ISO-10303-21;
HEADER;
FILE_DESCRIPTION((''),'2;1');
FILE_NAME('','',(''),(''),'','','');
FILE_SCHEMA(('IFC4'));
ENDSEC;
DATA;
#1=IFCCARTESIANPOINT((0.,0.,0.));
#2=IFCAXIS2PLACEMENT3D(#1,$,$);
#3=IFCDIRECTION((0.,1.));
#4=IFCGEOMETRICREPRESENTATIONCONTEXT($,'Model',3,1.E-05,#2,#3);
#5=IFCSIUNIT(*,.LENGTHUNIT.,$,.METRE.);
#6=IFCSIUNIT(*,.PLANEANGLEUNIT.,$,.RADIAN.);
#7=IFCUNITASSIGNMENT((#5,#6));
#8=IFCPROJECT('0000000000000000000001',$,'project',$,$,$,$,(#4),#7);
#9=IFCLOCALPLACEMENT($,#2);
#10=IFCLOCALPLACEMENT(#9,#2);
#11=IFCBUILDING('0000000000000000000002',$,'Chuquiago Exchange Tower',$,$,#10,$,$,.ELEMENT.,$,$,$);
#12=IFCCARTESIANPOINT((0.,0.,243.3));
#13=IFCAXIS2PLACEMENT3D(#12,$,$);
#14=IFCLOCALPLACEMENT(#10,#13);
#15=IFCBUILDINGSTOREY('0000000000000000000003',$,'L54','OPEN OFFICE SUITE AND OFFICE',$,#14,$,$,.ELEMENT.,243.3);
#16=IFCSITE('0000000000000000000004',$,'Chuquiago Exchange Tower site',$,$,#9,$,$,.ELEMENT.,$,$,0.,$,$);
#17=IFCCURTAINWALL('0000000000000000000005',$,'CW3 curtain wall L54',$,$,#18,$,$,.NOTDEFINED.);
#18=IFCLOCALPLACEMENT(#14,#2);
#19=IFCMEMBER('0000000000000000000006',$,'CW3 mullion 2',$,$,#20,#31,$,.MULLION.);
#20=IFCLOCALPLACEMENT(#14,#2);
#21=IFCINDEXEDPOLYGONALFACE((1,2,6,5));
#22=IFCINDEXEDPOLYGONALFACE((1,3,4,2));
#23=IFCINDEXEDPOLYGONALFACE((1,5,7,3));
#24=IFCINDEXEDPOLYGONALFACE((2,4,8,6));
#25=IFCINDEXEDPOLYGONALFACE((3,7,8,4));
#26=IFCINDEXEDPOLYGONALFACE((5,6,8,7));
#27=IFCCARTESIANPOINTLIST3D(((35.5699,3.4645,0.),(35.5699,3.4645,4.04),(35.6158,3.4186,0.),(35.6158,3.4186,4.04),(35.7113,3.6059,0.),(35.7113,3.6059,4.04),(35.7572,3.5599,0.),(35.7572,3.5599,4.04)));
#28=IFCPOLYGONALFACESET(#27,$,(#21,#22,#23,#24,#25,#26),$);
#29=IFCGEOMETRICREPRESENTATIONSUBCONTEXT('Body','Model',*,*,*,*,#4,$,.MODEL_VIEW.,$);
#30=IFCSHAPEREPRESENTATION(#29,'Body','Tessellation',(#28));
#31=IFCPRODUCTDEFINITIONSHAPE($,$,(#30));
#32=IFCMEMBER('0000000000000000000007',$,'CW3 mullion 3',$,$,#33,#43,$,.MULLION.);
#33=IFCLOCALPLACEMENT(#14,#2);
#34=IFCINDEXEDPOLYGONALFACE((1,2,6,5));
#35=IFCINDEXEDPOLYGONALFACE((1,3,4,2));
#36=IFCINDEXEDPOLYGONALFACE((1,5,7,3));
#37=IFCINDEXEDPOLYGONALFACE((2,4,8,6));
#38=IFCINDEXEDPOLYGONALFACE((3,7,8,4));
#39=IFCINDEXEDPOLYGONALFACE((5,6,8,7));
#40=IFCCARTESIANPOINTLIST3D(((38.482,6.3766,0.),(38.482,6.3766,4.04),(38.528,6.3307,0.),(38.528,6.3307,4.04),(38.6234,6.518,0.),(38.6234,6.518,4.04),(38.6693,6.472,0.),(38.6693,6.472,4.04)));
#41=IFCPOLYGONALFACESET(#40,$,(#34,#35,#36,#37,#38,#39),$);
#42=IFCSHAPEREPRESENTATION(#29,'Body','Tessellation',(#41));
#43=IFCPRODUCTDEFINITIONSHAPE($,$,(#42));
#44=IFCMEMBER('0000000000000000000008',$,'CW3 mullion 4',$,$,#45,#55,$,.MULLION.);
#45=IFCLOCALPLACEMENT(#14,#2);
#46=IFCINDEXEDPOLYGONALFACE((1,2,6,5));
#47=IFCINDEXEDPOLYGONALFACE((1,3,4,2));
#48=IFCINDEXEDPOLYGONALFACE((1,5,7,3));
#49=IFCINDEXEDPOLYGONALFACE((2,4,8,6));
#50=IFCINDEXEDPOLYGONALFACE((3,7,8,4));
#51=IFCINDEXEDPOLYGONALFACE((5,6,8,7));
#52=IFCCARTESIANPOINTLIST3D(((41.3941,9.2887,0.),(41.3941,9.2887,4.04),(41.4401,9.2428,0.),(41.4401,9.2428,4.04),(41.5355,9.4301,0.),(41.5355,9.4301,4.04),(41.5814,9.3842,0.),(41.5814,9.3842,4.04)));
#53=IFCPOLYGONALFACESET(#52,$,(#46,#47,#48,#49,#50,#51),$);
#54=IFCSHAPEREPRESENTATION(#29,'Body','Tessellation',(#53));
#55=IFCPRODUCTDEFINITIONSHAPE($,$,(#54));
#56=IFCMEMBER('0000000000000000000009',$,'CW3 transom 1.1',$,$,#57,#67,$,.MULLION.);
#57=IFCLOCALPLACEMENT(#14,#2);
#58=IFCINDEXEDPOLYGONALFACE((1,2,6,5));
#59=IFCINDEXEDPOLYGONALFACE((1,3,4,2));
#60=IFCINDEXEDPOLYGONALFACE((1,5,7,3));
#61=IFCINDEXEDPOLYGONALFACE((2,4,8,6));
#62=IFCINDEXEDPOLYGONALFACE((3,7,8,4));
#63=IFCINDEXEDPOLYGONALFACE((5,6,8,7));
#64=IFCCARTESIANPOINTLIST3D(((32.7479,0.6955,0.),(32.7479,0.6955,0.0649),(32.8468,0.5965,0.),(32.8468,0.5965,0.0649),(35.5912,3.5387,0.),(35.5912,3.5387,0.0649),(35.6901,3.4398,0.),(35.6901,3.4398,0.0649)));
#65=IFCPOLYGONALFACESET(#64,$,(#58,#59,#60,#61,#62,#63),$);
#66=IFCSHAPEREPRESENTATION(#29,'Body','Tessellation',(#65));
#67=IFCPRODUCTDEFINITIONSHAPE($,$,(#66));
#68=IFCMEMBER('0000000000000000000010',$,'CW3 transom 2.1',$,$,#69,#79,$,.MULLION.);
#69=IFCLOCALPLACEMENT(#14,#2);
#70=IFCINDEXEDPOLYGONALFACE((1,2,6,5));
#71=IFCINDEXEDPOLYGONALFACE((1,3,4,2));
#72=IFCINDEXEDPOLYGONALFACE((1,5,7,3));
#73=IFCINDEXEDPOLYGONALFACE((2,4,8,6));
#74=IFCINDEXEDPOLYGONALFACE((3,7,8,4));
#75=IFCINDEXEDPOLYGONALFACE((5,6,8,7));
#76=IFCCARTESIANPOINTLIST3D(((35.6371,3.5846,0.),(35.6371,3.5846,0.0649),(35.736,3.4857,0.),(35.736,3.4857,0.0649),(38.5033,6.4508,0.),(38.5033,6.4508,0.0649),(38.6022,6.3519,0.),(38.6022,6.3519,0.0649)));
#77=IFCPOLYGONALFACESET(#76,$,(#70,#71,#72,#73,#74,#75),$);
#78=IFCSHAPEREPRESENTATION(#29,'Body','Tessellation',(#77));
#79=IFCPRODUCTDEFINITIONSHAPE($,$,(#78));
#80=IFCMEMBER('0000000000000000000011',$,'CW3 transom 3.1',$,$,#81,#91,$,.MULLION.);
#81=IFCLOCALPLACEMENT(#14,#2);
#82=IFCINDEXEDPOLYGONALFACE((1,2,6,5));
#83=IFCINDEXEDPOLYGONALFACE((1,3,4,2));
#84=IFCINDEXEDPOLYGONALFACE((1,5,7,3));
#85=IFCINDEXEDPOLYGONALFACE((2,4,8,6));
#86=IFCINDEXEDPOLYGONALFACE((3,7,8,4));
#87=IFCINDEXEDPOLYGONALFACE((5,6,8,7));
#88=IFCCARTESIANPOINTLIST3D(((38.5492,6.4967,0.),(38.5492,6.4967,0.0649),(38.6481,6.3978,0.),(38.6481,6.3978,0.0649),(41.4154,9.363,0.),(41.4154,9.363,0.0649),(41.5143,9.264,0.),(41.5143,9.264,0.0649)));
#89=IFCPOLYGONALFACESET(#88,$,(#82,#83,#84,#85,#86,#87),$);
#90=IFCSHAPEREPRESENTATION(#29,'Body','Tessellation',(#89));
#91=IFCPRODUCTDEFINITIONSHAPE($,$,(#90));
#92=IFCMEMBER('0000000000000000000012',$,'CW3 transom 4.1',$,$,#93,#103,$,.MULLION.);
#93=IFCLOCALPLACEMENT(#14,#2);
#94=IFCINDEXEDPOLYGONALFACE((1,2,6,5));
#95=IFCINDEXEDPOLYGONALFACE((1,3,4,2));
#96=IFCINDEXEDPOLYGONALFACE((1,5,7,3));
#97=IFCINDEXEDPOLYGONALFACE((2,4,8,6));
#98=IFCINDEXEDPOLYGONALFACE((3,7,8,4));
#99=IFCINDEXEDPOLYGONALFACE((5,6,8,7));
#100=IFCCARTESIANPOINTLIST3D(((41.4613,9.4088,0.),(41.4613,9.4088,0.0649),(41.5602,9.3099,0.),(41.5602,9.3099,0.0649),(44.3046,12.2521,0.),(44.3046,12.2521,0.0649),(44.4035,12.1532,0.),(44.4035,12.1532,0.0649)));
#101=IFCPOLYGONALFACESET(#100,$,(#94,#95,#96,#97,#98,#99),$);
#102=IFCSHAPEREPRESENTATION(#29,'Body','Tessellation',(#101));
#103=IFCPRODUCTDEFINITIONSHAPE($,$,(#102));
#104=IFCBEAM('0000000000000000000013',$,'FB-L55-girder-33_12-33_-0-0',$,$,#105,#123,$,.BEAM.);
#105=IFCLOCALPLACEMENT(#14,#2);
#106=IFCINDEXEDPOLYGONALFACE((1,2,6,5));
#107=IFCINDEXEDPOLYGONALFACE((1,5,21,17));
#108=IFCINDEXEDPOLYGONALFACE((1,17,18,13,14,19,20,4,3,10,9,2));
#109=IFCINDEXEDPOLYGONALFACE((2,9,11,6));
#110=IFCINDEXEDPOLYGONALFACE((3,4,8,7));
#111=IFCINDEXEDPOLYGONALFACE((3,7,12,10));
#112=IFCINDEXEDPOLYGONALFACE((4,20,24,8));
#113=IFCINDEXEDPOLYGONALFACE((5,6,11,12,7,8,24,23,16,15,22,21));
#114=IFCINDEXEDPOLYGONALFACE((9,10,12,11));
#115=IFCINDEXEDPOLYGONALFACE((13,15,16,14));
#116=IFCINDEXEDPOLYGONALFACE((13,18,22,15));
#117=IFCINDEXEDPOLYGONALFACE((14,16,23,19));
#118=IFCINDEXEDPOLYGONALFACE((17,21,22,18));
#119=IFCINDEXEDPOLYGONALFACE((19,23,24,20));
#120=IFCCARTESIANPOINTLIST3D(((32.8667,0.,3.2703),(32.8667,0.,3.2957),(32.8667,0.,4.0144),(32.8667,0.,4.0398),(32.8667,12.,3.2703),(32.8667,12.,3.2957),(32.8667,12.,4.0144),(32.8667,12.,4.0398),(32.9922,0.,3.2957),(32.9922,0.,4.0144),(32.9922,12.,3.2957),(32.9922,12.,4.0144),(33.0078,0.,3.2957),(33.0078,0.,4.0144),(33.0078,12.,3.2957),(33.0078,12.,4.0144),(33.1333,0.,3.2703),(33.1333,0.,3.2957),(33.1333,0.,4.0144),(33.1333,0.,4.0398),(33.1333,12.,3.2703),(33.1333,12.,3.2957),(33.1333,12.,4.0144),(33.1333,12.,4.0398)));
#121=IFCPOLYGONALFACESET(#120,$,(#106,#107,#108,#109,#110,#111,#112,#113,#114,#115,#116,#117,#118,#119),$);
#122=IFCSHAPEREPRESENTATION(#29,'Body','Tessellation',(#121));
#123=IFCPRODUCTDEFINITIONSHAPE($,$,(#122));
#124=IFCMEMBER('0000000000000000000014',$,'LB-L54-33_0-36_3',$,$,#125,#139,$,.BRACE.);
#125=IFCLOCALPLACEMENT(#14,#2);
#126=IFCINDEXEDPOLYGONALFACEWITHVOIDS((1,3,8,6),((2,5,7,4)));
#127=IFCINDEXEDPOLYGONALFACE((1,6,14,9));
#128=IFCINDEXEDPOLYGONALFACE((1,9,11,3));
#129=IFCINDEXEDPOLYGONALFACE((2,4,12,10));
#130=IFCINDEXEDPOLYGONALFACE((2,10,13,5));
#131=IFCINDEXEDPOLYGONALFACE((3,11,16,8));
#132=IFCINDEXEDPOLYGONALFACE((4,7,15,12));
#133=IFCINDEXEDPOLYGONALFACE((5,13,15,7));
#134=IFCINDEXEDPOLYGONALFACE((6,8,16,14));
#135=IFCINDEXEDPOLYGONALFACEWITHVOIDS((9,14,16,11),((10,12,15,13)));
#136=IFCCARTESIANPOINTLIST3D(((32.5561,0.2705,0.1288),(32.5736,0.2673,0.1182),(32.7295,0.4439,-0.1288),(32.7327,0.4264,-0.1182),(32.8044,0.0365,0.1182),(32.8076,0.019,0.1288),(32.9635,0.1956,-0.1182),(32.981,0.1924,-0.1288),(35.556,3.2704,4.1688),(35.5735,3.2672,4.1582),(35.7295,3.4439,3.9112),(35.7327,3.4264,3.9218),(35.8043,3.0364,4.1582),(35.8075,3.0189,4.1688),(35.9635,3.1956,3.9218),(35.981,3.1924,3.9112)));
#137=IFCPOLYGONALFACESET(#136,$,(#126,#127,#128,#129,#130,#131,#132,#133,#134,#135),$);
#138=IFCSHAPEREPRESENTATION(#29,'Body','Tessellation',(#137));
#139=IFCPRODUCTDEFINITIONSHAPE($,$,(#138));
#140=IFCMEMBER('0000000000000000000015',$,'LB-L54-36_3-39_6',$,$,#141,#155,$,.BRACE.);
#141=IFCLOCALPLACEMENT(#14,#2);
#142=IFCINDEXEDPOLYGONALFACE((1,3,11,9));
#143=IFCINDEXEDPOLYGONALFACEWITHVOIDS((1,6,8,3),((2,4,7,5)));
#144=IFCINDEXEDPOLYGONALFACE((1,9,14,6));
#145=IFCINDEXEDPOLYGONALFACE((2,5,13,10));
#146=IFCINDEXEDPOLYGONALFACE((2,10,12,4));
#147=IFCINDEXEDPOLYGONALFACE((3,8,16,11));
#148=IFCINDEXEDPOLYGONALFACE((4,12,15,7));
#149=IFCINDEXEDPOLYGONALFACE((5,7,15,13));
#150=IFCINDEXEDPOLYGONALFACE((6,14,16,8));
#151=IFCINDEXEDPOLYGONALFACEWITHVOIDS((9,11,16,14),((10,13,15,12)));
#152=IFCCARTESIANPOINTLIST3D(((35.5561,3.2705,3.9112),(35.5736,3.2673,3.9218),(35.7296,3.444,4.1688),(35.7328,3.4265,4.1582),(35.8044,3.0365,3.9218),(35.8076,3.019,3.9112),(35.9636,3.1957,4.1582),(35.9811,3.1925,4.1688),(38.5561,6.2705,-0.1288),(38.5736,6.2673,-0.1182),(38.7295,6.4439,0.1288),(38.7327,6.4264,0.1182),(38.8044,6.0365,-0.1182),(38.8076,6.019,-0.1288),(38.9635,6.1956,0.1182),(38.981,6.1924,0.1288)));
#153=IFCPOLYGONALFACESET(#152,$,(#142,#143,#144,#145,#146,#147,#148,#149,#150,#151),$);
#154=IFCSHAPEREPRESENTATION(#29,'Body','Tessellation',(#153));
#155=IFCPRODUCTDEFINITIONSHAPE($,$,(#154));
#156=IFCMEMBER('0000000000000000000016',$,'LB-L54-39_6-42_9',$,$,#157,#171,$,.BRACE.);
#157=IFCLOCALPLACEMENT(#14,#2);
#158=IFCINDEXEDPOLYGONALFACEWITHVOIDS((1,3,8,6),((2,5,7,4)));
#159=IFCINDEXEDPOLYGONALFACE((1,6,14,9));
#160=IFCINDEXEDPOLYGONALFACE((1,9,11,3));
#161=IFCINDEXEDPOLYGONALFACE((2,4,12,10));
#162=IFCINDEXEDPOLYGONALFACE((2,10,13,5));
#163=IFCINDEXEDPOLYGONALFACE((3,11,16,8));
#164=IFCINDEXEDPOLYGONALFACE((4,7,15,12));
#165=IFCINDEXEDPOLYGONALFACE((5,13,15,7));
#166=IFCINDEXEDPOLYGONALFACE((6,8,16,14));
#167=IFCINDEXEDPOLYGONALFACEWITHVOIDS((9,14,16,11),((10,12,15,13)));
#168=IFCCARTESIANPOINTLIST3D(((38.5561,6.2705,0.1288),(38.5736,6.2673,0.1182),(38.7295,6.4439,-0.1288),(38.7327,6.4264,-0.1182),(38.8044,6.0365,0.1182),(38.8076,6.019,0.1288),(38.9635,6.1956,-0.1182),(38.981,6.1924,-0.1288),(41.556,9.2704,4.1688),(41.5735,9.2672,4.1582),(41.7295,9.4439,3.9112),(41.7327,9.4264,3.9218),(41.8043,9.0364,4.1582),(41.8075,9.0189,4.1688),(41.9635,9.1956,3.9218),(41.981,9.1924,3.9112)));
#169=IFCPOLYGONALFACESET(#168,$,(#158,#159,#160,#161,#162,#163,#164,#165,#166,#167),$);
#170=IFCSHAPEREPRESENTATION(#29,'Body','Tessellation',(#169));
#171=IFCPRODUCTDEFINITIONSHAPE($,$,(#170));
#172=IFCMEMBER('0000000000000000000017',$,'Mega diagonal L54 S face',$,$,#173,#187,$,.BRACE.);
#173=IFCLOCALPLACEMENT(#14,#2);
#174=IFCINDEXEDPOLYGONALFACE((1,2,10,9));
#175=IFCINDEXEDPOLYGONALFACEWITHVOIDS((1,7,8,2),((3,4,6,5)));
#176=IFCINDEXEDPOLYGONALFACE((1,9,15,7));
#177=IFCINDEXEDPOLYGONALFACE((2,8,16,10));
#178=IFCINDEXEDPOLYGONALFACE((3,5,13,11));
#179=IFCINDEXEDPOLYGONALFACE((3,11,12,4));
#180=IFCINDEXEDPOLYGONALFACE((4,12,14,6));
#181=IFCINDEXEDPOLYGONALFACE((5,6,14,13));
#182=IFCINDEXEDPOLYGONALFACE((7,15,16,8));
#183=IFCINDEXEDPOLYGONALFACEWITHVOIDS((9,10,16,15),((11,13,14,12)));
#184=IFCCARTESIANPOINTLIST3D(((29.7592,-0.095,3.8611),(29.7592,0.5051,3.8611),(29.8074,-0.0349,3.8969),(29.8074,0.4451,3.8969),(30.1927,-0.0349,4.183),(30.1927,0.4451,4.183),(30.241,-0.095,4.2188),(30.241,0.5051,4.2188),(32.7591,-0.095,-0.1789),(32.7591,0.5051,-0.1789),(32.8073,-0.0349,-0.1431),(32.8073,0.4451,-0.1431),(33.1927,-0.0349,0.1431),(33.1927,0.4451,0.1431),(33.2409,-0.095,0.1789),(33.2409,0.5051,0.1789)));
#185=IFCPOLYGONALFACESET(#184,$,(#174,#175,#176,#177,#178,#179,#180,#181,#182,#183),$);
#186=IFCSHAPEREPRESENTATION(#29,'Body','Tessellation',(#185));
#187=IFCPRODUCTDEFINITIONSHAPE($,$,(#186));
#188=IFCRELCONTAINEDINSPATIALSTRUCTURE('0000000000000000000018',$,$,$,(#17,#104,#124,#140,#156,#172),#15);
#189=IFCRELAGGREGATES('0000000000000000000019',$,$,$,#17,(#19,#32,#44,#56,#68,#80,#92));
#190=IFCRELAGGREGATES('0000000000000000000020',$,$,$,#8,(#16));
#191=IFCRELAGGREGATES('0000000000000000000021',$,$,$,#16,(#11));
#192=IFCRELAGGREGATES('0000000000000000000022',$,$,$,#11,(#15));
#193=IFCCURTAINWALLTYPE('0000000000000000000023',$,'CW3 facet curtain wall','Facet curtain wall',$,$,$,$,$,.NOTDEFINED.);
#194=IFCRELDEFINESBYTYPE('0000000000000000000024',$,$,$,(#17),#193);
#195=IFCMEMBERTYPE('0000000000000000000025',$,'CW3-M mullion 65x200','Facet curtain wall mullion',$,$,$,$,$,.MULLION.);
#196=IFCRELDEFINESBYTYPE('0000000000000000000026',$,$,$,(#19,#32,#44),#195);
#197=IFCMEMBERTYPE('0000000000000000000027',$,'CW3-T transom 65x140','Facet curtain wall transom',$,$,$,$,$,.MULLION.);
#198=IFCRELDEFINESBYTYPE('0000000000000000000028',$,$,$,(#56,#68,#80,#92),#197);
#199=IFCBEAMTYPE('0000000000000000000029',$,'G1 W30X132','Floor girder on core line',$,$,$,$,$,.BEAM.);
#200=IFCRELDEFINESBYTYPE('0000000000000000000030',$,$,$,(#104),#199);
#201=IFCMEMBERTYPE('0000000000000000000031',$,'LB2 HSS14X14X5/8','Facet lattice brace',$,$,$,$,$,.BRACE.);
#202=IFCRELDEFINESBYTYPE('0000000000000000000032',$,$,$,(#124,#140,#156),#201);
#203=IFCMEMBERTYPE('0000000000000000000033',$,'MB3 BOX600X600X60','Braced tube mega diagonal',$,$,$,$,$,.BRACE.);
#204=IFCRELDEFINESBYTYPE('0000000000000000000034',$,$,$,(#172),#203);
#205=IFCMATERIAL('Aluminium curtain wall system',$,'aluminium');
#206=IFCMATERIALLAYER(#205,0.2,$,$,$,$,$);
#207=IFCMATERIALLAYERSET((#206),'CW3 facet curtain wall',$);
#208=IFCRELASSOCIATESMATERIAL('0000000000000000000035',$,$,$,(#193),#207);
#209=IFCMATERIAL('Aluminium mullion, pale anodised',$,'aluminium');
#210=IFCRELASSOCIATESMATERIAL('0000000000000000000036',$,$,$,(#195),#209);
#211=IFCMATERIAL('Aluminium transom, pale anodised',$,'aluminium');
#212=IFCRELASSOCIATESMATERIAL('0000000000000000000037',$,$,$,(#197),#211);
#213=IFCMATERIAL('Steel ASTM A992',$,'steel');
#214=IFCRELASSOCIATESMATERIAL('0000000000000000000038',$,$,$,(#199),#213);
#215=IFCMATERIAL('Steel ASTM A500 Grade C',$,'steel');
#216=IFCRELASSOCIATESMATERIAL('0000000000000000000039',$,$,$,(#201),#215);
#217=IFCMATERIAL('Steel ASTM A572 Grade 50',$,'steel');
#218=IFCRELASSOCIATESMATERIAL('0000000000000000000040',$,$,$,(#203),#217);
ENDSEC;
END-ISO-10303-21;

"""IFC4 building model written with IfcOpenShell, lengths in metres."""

from ifc_helpers import new_model, si_unit, direction, frame, origin, origin_2d, place, context, subcontext, project, spatial, rectangle, hollow_rectangle, i_section, extrude, material, layer, layer_set, material_profile, profile_set, type_object, element, aggregate, save


model = new_model("IFC4")

# Units and contexts
model_context = context("Model", 3, precision=1e-05, world=origin(), true_north=direction((0.0, 1.0)))
body_context = subcontext(model_context, "Body", "Model", "MODEL_VIEW")
ifc_project = project(units=[si_unit("LENGTHUNIT", "METRE"), si_unit("PLANEANGLEUNIT", "RADIAN")], contexts=[model_context])

# Site, building, storey
site_placement = place(None, origin())
site = spatial("IfcSite", under=ifc_project, at=site_placement, Name="Chuquiago Exchange Tower site", CompositionType="ELEMENT", RefElevation=0.0)
building_placement = place(site_placement, origin())
building = spatial("IfcBuilding", under=site, at=building_placement, Name="Chuquiago Exchange Tower", CompositionType="ELEMENT")
storey_placement = place(building_placement, frame((0.0, 0.0, 243.3)))
storey = spatial("IfcBuildingStorey", under=building, at=storey_placement, Name="L54", Description="OPEN OFFICE SUITE AND OFFICE", CompositionType="ELEMENT", Elevation=243.3)

# Curtain wall, members
ifc_material_1 = material(Name="Aluminium curtain wall system", Category="aluminium")
ifc_layer_1 = layer(ifc_material_1, 0.2)
ifc_layer_set_1 = layer_set([ifc_layer_1], Name="CW3 facet curtain wall")
curtain_wall_type_1 = type_object("IfcCurtainWallType", Name="CW3 facet curtain wall", Description="Facet curtain wall", PredefinedType="NOTDEFINED", material=ifc_layer_set_1)
curtain_wall_1_placement = place(storey_placement, origin())
curtain_wall_1 = element("IfcCurtainWall", 1, at=curtain_wall_1_placement, inside=storey, type_object=curtain_wall_type_1, Name="CW3 curtain wall L54", PredefinedType="NOTDEFINED")
ifc_material_2 = material(Name="Aluminium mullion, pale anodised", Category="aluminium")
ifc_material_profile_1 = material_profile(ifc_material_2, rectangle(XDim=0.0649, YDim=0.2, at=origin_2d()), Name="AL 65x200")
ifc_profile_set_1 = profile_set([ifc_material_profile_1], Name="Aluminium mullion, pale anodised")
member_type_1 = type_object("IfcMemberType", Name="CW3-M mullion 65x200", Description="Facet curtain wall mullion", PredefinedType="MULLION", material=ifc_profile_set_1)
member_1_placement = place(storey_placement, frame((35.6636, 3.5122, 0.0), z_axis=(0.0, 0.0, 1.0), x_axis=(-0.707107, 0.707107, 0.0)))
member_1 = element("IfcMember", 2, at=member_1_placement, type_object=member_type_1, Name="CW3 mullion 2", PredefinedType="MULLION", context=body_context, shape_type="SweptSolid", body=[
    extrude(rectangle(XDim=0.0649, YDim=0.2, at=origin_2d()), origin(), (0.0, 0.0, 1.0), 4.04),
])
member_2_placement = place(storey_placement, frame((38.5757, 6.4243, 0.0), z_axis=(0.0, 0.0, 1.0), x_axis=(-0.707107, 0.707107, 0.0)))
member_2 = element("IfcMember", 3, at=member_2_placement, type_object=member_type_1, Name="CW3 mullion 3", PredefinedType="MULLION", context=body_context, shape_type="SweptSolid", body=[
    extrude(rectangle(XDim=0.0649, YDim=0.2, at=origin_2d()), origin(), (0.0, 0.0, 1.0), 4.04),
])
member_3_placement = place(storey_placement, frame((41.4878, 9.3364, 0.0), z_axis=(0.0, 0.0, 1.0), x_axis=(-0.707107, 0.707107, 0.0)))
member_3 = element("IfcMember", 4, at=member_3_placement, type_object=member_type_1, Name="CW3 mullion 4", PredefinedType="MULLION", context=body_context, shape_type="SweptSolid", body=[
    extrude(rectangle(XDim=0.0649, YDim=0.2, at=origin_2d()), origin(), (0.0, 0.0, 1.0), 4.04),
])
ifc_material_3 = material(Name="Aluminium transom, pale anodised", Category="aluminium")
ifc_material_profile_2 = material_profile(ifc_material_3, rectangle(XDim=0.1399, YDim=0.0649, at=origin_2d()), Name="AL 140x65")
ifc_profile_set_2 = profile_set([ifc_material_profile_2], Name="Aluminium transom, pale anodised")
member_type_2 = type_object("IfcMemberType", Name="CW3-T transom 65x140", Description="Facet curtain wall transom", PredefinedType="MULLION", material=ifc_profile_set_2)
member_4_placement = place(storey_placement, frame((32.7974, 0.646, 0.0325), z_axis=(0.707107, 0.707107, 0.0), x_axis=(-0.707107, 0.707107, 0.0)))
member_4 = element("IfcMember", 5, at=member_4_placement, type_object=member_type_2, Name="CW3 transom 1.1", PredefinedType="MULLION", context=body_context, shape_type="SweptSolid", body=[
    extrude(rectangle(XDim=0.1399, YDim=0.0649, at=origin_2d()), origin(), (0.0, 0.0, 1.0), 4.021),
])
member_5_placement = place(storey_placement, frame((35.6865, 3.5352, 0.0325), z_axis=(0.707107, 0.707107, 0.0), x_axis=(-0.707107, 0.707107, 0.0)))
member_5 = element("IfcMember", 6, at=member_5_placement, type_object=member_type_2, Name="CW3 transom 2.1", PredefinedType="MULLION", context=body_context, shape_type="SweptSolid", body=[
    extrude(rectangle(XDim=0.1399, YDim=0.0649, at=origin_2d()), origin(), (0.0, 0.0, 1.0), 4.0535),
])
member_6_placement = place(storey_placement, frame((38.5986, 6.4473, 0.0325), z_axis=(0.707107, 0.707107, 0.0), x_axis=(-0.707107, 0.707107, 0.0)))
member_6 = element("IfcMember", 7, at=member_6_placement, type_object=member_type_2, Name="CW3 transom 3.1", PredefinedType="MULLION", context=body_context, shape_type="SweptSolid", body=[
    extrude(rectangle(XDim=0.1399, YDim=0.0649, at=origin_2d()), origin(), (0.0, 0.0, 1.0), 4.0535),
])
member_7_placement = place(storey_placement, frame((41.5107, 9.3594, 0.0325), z_axis=(0.707107, 0.707107, 0.0), x_axis=(-0.707107, 0.707107, 0.0)))
member_7 = element("IfcMember", 8, at=member_7_placement, type_object=member_type_2, Name="CW3 transom 4.1", PredefinedType="MULLION", context=body_context, shape_type="SweptSolid", body=[
    extrude(rectangle(XDim=0.1399, YDim=0.0649, at=origin_2d()), origin(), (0.0, 0.0, 1.0), 4.021),
])

# Beam
ifc_material_4 = material(Name="Steel ASTM A992", Category="steel")
ifc_material_profile_3 = material_profile(ifc_material_4, i_section(OverallWidth=0.2666, OverallDepth=0.7695, WebThickness=0.0156, FlangeThickness=0.0254, at=origin_2d()), Name="W30X132")
ifc_profile_set_3 = profile_set([ifc_material_profile_3], Name="Steel ASTM A992")
beam_type_1 = type_object("IfcBeamType", Name="G1 W30X132", Description="Floor girder on core line", PredefinedType="BEAM", material=ifc_profile_set_3)
beam_1_placement = place(storey_placement, frame((33.0, 12.0, 3.655), z_axis=(0.0, -1.0, 0.0), x_axis=(1.0, 0.0, 0.0)))
element("IfcBeam", 9, at=beam_1_placement, inside=storey, type_object=beam_type_1, Name="FB-L55-girder-33_12-33_-0-0", PredefinedType="BEAM", context=body_context, shape_type="SweptSolid", body=[
    extrude(i_section(OverallWidth=0.2666, OverallDepth=0.7695, WebThickness=0.0156, FlangeThickness=0.0254, at=origin_2d()), origin(), (0.0, 0.0, 1.0), 12.0),
])

# Members
ifc_material_5 = material(Name="Steel ASTM A500 Grade C", Category="steel")
ifc_material_profile_4 = material_profile(ifc_material_5, hollow_rectangle(XDim=0.3557, YDim=0.3557, WallThickness=0.0146, at=origin_2d()), Name="HSS14X14X5/8")
ifc_profile_set_4 = profile_set([ifc_material_profile_4], Name="Steel ASTM A500 Grade C")
member_type_3 = type_object("IfcMemberType", Name="LB2 HSS14X14X5/8", Description="Facet lattice brace", PredefinedType="BRACE", material=ifc_profile_set_4)
for number, where, z_axis, x_axis, name in (
    (10, (32.7686, 0.2314, 0.0), (0.512077, 0.512077, 0.689604), (-0.707107, 0.707107, 0.0), "LB-L54-33_0-36_3"),
    (11, (38.7686, 6.2314, 0.0), (-0.512077, -0.512077, 0.689604), (0.707107, -0.707107, 0.0), "LB-L54-36_3-39_6"),
    (12, (38.7686, 6.2314, 0.0), (0.512077, 0.512077, 0.689604), (-0.707107, 0.707107, 0.0), "LB-L54-39_6-42_9"),
):
    element("IfcMember", number, at=place(storey_placement, frame(where, z_axis=z_axis, x_axis=x_axis)), inside=storey, type_object=member_type_3, Name=name, PredefinedType="BRACE", context=body_context, shape_type="SweptSolid", body=[
        extrude(hollow_rectangle(XDim=0.3557, YDim=0.3557, WallThickness=0.0146, at=origin_2d()), origin(), (0.0, 0.0, 1.0), 5.8584),
    ])
ifc_material_6 = material(Name="Steel ASTM A572 Grade 50", Category="steel")
ifc_material_profile_5 = material_profile(ifc_material_6, hollow_rectangle(XDim=0.6001, YDim=0.6001, WallThickness=0.0601, at=origin_2d()), Name="BOX600X600X60")
ifc_profile_set_5 = profile_set([ifc_material_profile_5], Name="Steel ASTM A572 Grade 50")
member_type_4 = type_object("IfcMemberType", Name="MB3 BOX600X600X60", Description="Braced tube mega diagonal", PredefinedType="BRACE", material=ifc_profile_set_5)
member_8_placement = place(storey_placement, frame((33.0, 0.2051, 0.0), z_axis=(-0.596174, 0.0, 0.802855), x_axis=(0.0, -1.0, 0.0)))
element("IfcMember", 13, at=member_8_placement, inside=storey, type_object=member_type_4, Name="Mega diagonal L54 S face", PredefinedType="BRACE", context=body_context, shape_type="SweptSolid", body=[
    extrude(hollow_rectangle(XDim=0.6001, YDim=0.6001, WallThickness=0.0601, at=origin_2d()), origin(), (0.0, 0.0, 1.0), 5.032),
])

aggregate(curtain_wall_1, [member_1, member_2, member_3, member_4, member_5, member_6, member_7])

save(model, "model.ifc")
